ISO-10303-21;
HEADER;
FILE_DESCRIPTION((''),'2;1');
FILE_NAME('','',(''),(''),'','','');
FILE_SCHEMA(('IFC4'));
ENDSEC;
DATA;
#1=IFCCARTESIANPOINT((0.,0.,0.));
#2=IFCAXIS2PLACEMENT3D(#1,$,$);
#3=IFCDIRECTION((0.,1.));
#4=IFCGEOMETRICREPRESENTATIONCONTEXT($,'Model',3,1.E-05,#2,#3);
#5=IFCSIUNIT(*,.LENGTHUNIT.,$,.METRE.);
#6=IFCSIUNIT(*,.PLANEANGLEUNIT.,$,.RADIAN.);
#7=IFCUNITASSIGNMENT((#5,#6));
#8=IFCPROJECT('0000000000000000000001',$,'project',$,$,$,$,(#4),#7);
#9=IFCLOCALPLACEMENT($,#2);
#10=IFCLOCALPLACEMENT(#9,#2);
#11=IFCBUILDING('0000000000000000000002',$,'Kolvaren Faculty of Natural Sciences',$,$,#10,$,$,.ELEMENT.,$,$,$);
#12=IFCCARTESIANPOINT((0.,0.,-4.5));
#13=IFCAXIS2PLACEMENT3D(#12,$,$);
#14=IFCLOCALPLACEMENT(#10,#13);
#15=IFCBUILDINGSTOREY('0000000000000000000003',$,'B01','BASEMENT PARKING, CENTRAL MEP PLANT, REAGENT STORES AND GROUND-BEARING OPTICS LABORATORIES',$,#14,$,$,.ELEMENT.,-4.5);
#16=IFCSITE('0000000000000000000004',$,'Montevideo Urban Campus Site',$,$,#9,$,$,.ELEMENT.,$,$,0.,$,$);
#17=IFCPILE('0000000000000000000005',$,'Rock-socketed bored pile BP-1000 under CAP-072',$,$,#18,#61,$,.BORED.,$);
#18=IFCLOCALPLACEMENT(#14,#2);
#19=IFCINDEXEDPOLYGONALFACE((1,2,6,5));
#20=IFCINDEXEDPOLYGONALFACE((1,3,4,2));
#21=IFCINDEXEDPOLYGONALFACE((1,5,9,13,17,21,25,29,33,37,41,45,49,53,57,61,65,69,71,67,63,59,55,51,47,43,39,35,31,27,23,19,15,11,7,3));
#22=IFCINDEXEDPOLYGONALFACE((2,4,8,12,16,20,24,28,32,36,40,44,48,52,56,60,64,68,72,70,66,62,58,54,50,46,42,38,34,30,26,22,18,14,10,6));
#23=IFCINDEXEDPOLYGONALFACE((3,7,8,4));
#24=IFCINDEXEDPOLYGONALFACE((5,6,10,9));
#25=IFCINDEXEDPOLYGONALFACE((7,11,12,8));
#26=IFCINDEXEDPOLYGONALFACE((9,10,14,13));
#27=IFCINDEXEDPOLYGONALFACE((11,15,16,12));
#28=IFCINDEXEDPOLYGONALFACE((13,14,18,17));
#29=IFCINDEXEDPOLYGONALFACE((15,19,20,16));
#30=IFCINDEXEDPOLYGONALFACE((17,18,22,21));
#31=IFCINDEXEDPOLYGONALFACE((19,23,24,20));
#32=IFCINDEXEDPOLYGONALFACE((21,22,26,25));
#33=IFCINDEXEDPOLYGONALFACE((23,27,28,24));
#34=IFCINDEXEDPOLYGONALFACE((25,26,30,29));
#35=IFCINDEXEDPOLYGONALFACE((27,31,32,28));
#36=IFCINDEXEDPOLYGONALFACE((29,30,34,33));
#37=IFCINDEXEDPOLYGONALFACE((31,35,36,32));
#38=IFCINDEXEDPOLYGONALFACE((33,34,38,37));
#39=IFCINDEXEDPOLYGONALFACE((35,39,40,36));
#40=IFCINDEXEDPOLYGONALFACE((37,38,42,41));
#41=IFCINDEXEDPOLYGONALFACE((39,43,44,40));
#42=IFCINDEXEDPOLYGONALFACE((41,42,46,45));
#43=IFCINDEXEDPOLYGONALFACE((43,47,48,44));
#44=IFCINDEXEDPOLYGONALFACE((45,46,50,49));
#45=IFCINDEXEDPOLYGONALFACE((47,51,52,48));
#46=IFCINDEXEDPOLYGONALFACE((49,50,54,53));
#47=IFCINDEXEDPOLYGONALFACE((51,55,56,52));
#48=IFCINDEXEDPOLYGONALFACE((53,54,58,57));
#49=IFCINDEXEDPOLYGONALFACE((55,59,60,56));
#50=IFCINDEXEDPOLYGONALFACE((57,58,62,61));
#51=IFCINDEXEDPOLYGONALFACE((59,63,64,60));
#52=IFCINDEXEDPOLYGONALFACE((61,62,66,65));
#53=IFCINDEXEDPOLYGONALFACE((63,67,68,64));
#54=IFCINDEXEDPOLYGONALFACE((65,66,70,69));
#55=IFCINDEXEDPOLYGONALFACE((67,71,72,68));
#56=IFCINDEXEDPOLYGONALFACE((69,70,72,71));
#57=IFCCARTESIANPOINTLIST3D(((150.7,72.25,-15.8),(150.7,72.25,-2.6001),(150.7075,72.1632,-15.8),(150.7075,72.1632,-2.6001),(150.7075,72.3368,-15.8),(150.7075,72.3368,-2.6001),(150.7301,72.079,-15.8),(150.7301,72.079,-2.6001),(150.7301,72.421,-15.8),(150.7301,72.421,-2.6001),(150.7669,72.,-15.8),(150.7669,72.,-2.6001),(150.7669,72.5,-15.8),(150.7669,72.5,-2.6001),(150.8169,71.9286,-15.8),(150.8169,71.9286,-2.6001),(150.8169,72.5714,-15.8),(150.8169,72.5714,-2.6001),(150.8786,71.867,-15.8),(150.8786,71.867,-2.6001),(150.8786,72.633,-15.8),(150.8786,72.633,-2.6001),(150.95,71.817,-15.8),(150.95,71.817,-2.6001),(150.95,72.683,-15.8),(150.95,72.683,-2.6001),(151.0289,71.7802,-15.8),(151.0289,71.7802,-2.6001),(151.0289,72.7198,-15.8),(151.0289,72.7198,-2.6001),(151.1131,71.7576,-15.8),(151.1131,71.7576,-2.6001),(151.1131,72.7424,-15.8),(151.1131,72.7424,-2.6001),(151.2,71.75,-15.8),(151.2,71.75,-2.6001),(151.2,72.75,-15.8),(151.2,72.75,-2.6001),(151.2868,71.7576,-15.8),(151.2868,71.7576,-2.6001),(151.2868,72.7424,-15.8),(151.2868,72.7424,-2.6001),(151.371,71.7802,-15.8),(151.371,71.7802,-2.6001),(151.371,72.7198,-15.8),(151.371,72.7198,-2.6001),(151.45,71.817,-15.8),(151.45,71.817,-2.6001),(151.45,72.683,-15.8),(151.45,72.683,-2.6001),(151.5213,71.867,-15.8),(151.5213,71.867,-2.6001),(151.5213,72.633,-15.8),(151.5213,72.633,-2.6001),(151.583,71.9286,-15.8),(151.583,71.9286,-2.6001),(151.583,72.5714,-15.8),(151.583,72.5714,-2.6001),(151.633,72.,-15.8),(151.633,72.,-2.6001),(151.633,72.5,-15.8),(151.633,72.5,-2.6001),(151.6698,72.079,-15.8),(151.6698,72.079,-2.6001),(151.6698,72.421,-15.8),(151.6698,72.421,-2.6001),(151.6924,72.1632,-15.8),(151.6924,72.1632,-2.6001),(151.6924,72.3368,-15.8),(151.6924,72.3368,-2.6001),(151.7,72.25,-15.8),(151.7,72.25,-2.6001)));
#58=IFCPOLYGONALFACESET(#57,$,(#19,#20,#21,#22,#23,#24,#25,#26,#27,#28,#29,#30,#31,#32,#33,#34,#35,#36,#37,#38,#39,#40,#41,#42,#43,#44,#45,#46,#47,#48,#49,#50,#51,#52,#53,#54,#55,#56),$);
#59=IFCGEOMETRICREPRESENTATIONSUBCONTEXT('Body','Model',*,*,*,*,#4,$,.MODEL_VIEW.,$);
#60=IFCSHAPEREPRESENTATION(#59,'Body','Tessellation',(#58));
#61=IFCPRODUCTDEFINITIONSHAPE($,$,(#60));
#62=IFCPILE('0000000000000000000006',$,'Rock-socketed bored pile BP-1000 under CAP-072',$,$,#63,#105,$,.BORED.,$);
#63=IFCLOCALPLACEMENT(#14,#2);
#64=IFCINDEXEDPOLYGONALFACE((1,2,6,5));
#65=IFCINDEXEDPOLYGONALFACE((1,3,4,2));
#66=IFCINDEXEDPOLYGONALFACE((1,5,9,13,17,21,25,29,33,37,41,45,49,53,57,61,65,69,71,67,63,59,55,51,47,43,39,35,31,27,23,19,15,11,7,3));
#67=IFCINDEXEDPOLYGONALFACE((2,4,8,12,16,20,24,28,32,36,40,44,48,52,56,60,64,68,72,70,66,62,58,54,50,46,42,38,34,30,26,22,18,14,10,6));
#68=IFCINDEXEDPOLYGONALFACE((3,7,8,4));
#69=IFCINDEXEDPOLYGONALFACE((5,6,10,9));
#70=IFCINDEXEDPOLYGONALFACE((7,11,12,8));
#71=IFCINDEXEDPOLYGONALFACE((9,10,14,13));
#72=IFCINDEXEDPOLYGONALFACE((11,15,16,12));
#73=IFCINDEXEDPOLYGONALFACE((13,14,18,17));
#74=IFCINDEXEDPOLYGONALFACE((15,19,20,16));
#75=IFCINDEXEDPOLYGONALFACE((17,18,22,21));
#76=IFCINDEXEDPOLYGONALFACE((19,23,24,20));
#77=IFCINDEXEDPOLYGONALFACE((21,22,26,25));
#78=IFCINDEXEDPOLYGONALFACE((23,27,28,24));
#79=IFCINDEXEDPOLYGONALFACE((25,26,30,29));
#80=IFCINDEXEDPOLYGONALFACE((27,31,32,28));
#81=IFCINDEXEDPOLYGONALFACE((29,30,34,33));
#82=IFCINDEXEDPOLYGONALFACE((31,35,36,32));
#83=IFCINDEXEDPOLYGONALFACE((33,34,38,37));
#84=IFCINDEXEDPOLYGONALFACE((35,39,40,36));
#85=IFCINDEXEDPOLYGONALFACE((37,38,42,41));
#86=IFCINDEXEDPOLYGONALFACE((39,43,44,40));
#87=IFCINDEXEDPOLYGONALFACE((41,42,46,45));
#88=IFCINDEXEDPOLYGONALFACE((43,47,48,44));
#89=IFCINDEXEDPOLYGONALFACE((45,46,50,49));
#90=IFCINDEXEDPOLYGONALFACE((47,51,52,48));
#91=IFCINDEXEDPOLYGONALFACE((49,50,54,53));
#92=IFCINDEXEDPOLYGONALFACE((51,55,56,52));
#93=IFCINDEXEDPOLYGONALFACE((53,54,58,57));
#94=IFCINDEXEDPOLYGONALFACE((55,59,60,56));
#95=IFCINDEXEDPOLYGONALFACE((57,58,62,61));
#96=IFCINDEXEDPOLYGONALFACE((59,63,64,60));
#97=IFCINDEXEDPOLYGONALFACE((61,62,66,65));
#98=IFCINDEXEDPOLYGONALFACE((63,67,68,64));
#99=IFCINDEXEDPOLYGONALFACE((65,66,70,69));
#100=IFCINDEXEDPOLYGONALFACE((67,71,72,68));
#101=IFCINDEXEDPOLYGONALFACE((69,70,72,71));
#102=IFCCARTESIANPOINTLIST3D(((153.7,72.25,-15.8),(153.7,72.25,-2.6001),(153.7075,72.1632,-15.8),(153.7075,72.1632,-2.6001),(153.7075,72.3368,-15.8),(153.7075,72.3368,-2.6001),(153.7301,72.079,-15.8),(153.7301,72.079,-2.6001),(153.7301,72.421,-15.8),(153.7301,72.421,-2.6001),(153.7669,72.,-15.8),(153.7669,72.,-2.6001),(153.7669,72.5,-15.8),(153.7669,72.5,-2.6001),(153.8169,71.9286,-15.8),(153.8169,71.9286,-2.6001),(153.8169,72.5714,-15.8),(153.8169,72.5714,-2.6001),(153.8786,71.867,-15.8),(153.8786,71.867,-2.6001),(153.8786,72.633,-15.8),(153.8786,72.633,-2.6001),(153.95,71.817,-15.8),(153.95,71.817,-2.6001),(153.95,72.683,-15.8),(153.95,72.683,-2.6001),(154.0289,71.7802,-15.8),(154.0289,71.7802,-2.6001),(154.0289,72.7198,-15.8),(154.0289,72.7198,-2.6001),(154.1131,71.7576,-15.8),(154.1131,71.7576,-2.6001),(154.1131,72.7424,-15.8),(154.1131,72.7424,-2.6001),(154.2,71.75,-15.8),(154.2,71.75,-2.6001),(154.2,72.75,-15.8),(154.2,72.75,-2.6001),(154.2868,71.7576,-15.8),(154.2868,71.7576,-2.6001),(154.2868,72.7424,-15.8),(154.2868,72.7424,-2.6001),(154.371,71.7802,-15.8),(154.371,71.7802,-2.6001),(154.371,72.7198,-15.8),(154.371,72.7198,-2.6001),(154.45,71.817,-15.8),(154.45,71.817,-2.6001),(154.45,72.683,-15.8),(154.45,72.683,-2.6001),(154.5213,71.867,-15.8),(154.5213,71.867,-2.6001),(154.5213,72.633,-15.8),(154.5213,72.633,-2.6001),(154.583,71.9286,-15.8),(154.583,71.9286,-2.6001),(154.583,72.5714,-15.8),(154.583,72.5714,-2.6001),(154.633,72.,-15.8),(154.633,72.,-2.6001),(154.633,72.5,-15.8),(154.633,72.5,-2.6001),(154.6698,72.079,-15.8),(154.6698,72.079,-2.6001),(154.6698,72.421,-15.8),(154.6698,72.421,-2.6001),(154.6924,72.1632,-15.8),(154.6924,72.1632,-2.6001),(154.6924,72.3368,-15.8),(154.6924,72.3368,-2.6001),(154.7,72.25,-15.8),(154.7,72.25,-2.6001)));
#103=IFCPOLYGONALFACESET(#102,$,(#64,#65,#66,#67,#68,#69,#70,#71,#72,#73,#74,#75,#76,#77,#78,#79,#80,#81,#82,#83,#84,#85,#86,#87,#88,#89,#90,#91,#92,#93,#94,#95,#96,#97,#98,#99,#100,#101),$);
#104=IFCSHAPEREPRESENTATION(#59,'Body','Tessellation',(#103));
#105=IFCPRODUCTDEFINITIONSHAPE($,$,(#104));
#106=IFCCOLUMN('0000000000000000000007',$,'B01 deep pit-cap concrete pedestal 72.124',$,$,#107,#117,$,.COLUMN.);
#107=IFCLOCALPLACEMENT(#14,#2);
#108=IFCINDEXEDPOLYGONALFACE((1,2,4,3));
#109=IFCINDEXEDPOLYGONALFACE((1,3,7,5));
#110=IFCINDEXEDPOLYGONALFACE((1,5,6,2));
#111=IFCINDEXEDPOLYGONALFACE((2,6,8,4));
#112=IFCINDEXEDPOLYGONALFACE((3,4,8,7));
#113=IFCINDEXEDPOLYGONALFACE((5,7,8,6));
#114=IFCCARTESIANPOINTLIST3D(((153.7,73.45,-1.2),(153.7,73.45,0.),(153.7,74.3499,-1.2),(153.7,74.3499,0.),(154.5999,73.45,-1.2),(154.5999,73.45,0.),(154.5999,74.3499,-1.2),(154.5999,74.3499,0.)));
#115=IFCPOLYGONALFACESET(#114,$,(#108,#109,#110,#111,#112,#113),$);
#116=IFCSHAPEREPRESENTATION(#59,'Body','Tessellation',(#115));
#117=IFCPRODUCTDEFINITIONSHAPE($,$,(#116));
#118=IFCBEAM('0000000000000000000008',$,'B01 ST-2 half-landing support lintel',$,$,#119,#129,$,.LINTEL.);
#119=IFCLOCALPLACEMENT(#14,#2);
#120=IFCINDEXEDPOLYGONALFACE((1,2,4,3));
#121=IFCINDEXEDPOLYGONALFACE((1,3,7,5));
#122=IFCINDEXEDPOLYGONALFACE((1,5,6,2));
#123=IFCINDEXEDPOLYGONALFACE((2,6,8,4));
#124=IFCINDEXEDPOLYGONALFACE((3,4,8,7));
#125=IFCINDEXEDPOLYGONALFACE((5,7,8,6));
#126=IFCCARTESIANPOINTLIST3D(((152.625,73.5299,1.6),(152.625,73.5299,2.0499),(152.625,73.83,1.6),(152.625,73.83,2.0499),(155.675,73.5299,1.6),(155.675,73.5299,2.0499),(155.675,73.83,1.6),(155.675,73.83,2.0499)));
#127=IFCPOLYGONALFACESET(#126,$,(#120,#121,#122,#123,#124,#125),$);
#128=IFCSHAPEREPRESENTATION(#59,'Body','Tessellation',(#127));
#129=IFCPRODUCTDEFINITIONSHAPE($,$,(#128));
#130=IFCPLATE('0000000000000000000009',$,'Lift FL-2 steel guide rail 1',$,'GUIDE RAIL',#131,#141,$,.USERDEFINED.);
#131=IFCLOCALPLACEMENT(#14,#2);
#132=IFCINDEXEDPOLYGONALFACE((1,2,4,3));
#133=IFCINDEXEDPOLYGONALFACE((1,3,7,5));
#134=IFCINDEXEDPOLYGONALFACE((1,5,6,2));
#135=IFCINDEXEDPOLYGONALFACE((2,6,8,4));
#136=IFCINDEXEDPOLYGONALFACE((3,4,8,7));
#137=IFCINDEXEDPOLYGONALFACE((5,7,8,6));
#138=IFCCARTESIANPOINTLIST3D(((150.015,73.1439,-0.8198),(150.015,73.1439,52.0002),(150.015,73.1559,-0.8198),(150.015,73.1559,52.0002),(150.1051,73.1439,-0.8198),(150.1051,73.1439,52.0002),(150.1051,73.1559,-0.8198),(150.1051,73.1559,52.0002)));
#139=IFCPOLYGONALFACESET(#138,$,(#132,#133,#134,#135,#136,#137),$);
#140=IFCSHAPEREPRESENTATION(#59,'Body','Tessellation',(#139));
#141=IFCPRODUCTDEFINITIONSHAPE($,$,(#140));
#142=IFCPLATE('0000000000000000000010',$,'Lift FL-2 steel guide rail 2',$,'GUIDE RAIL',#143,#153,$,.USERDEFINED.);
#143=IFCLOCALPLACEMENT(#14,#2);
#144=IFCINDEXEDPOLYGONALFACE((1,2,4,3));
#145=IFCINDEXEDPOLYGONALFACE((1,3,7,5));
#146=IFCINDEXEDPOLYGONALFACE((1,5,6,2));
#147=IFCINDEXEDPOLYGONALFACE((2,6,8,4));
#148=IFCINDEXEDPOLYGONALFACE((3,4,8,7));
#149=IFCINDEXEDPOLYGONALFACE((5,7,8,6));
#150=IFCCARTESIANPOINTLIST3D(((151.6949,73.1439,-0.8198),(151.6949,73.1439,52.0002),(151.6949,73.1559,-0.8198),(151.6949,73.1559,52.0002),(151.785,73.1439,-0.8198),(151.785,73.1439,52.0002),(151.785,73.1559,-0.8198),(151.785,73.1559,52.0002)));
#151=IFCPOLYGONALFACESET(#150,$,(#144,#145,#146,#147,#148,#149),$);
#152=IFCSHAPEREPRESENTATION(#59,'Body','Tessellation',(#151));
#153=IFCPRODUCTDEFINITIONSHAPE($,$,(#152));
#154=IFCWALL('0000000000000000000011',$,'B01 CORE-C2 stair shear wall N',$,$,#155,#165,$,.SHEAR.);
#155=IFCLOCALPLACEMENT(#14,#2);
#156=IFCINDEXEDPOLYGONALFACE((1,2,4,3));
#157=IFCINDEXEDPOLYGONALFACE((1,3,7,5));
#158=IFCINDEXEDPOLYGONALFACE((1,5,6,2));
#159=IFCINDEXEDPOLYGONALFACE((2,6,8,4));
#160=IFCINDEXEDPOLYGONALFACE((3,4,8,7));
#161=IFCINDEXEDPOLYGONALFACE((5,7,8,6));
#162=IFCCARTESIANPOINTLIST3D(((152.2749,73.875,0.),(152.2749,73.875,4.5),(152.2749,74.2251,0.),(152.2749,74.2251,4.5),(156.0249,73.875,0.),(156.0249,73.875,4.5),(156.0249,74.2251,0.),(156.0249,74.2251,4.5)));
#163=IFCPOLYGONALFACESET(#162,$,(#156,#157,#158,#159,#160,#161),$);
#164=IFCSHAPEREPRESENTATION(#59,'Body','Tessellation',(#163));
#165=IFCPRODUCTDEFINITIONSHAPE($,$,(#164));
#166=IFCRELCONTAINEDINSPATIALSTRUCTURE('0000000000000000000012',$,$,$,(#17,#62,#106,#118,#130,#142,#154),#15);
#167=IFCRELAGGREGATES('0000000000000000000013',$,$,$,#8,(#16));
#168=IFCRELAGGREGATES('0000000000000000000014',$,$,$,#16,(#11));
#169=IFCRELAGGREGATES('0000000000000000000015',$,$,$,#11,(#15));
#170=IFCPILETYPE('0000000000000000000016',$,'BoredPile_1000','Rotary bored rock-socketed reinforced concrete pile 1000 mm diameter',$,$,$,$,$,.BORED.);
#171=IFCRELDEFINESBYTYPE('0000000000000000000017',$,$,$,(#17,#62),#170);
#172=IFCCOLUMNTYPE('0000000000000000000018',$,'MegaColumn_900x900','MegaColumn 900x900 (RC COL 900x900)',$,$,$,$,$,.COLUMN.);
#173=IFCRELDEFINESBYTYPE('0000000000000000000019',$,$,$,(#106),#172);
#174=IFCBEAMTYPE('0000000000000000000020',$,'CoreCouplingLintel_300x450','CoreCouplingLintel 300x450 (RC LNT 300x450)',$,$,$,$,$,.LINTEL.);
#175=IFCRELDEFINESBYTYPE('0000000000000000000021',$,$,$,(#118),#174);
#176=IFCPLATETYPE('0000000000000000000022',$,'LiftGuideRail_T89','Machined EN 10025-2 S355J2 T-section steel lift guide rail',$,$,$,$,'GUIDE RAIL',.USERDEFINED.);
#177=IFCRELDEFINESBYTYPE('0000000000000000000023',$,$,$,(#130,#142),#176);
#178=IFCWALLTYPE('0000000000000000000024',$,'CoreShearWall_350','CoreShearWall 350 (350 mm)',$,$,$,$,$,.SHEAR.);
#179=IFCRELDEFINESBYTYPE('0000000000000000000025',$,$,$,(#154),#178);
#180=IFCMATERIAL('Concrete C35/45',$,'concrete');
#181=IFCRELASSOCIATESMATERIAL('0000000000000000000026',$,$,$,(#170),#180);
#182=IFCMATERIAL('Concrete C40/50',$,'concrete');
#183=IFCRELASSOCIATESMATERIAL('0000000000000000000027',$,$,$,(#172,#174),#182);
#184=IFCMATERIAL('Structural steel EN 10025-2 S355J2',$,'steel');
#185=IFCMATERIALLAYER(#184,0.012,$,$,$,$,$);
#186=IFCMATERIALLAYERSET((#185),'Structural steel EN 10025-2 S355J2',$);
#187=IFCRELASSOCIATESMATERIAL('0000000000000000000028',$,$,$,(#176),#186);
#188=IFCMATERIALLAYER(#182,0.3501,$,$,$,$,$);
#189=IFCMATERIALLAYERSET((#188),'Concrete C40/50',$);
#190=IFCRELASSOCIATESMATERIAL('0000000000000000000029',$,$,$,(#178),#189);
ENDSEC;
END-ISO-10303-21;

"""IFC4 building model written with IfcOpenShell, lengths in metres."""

from ifc_helpers import new_model, si_unit, direction, frame, frame_2d, origin, origin_2d, place, context, subcontext, project, spatial, rectangle, circle, extrude, material, layer, layer_set, material_profile, profile_set, type_object, element, save


model = new_model("IFC4")

# Units and contexts
model_context = context("Model", 3, precision=1e-05, world=origin(), true_north=direction((0.0, 1.0)))
body_context = subcontext(model_context, "Body", "Model", "MODEL_VIEW")
ifc_project = project(units=[si_unit("LENGTHUNIT", "METRE"), si_unit("PLANEANGLEUNIT", "RADIAN")], contexts=[model_context])

# Site, building, storey
site_placement = place(None, origin())
site = spatial("IfcSite", under=ifc_project, at=site_placement, Name="Montevideo Urban Campus Site", CompositionType="ELEMENT", RefElevation=0.0)
building_placement = place(site_placement, origin())
building = spatial("IfcBuilding", under=site, at=building_placement, Name="Kolvaren Faculty of Natural Sciences", CompositionType="ELEMENT")
storey_placement = place(building_placement, frame((0.0, 0.0, -4.5)))
storey = spatial("IfcBuildingStorey", under=building, at=storey_placement, Name="B01", Description="BASEMENT PARKING, CENTRAL MEP PLANT, REAGENT STORES AND GROUND-BEARING OPTICS LABORATORIES", CompositionType="ELEMENT", Elevation=-4.5)

# Piles
ifc_material_1 = material(Name="Concrete C35/45", Category="concrete")
ifc_material_profile_1 = material_profile(ifc_material_1, circle(Radius=0.5, at=origin_2d()), Name="PILE D1000")
ifc_profile_set_1 = profile_set([ifc_material_profile_1], Name="Concrete C35/45")
pile_type = type_object("IfcPileType", Name="BoredPile_1000", Description="Rotary bored rock-socketed reinforced concrete pile 1000 mm diameter", PredefinedType="BORED", material=ifc_profile_set_1)
for number, where, z_axis, x_axis, name in (
    (1, (151.2, 72.25, -2.6001), (0.0, 0.0, -1.0), (1.0, 0.0, 0.0), "Rock-socketed bored pile BP-1000 under CAP-072"),
    (2, (154.2, 72.25, -2.6001), (0.0, 0.0, -1.0), (1.0, 0.0, 0.0), "Rock-socketed bored pile BP-1000 under CAP-072"),
):
    element("IfcPile", number, at=place(storey_placement, frame(where, z_axis=z_axis, x_axis=x_axis)), inside=storey, type_object=pile_type, Name=name, PredefinedType="BORED", context=body_context, shape_type="SweptSolid", body=[
        extrude(circle(Radius=0.5, at=origin_2d()), origin(), (0.0, 0.0, 1.0), 13.2),
    ])

# Column
ifc_material_2 = material(Name="Concrete C40/50", Category="concrete")
ifc_material_profile_2 = material_profile(ifc_material_2, rectangle(XDim=0.8999, YDim=0.8999, at=origin_2d()), Name="RC COL 900x900")
ifc_profile_set_2 = profile_set([ifc_material_profile_2], Name="Concrete C40/50")
column_type = type_object("IfcColumnType", Name="MegaColumn_900x900", Description="MegaColumn 900x900 (RC COL 900x900)", PredefinedType="COLUMN", material=ifc_profile_set_2)
column_placement = place(storey_placement, frame((154.1499, 73.8999, -1.2), z_axis=(0.0, 0.0, 1.0), x_axis=(1.0, 0.0, 0.0)))
element("IfcColumn", 3, at=column_placement, inside=storey, type_object=column_type, Name="B01 deep pit-cap concrete pedestal 72.124", PredefinedType="COLUMN", context=body_context, shape_type="SweptSolid", body=[
    extrude(rectangle(XDim=0.8999, YDim=0.8999, at=origin_2d()), origin(), (0.0, 0.0, 1.0), 1.2),
])

# Beam
ifc_material_profile_3 = material_profile(ifc_material_2, rectangle(XDim=0.3, YDim=0.45, at=origin_2d()), Name="RC LNT 300x450")
ifc_profile_set_3 = profile_set([ifc_material_profile_3], Name="Concrete C40/50")
beam_type = type_object("IfcBeamType", Name="CoreCouplingLintel_300x450", Description="CoreCouplingLintel 300x450 (RC LNT 300x450)", PredefinedType="LINTEL", material=ifc_profile_set_3)
beam_placement = place(storey_placement, frame((152.625, 73.6799, 1.825), z_axis=(1.0, 0.0, 0.0), x_axis=(0.0, 1.0, 0.0)))
element("IfcBeam", 4, at=beam_placement, inside=storey, type_object=beam_type, Name="B01 ST-2 half-landing support lintel", PredefinedType="LINTEL", context=body_context, shape_type="SweptSolid", body=[
    extrude(rectangle(XDim=0.3, YDim=0.45, at=origin_2d()), origin(), (0.0, 0.0, 1.0), 3.05),
])

# Plates
ifc_material_3 = material(Name="Structural steel EN 10025-2 S355J2", Category="steel")
ifc_layer_1 = layer(ifc_material_3, 0.012)
ifc_layer_set_1 = layer_set([ifc_layer_1], Name="Structural steel EN 10025-2 S355J2")
plate_type = type_object("IfcPlateType", Name="LiftGuideRail_T89", Description="Machined EN 10025-2 S355J2 T-section steel lift guide rail", ElementType="GUIDE RAIL", PredefinedType="USERDEFINED", material=ifc_layer_set_1)
for number, where, z_axis, x_axis, name in (
    (5, (150.0601, 73.1499, -0.8198), (0.0, 0.0, 1.0), (1.0, 0.0, 0.0), "Lift FL-2 steel guide rail 1"),
    (6, (151.74, 73.1499, -0.8198), (0.0, 0.0, 1.0), (1.0, 0.0, 0.0), "Lift FL-2 steel guide rail 2"),
):
    element("IfcPlate", number, at=place(storey_placement, frame(where, z_axis=z_axis, x_axis=x_axis)), inside=storey, type_object=plate_type, Name=name, ObjectType="GUIDE RAIL", PredefinedType="USERDEFINED", context=body_context, shape_type="SweptSolid", body=[
        extrude(rectangle(XDim=0.0901, YDim=0.012, at=origin_2d()), origin(), (0.0, 0.0, 1.0), 52.8201),
    ])

# Wall
ifc_layer_2 = layer(ifc_material_2, 0.3501)
ifc_layer_set_2 = layer_set([ifc_layer_2], Name="Concrete C40/50")
wall_type_1 = type_object("IfcWallType", Name="CoreShearWall_350", Description="CoreShearWall 350 (350 mm)", PredefinedType="SHEAR", material=ifc_layer_set_2)
wall_1_placement = place(storey_placement, frame((152.2749, 74.05, 0.0), z_axis=(0.0, 0.0, 1.0), x_axis=(1.0, 0.0, 0.0)))
element("IfcWall", 7, at=wall_1_placement, inside=storey, type_object=wall_type_1, Name="B01 CORE-C2 stair shear wall N", PredefinedType="SHEAR", context=body_context, shape_type="SweptSolid", body=[
    extrude(rectangle(XDim=3.75, YDim=0.3501, at=frame_2d((1.875, 0.0))), origin(), (0.0, 0.0, 1.0), 4.5),
])

save(model, "model.ifc")
